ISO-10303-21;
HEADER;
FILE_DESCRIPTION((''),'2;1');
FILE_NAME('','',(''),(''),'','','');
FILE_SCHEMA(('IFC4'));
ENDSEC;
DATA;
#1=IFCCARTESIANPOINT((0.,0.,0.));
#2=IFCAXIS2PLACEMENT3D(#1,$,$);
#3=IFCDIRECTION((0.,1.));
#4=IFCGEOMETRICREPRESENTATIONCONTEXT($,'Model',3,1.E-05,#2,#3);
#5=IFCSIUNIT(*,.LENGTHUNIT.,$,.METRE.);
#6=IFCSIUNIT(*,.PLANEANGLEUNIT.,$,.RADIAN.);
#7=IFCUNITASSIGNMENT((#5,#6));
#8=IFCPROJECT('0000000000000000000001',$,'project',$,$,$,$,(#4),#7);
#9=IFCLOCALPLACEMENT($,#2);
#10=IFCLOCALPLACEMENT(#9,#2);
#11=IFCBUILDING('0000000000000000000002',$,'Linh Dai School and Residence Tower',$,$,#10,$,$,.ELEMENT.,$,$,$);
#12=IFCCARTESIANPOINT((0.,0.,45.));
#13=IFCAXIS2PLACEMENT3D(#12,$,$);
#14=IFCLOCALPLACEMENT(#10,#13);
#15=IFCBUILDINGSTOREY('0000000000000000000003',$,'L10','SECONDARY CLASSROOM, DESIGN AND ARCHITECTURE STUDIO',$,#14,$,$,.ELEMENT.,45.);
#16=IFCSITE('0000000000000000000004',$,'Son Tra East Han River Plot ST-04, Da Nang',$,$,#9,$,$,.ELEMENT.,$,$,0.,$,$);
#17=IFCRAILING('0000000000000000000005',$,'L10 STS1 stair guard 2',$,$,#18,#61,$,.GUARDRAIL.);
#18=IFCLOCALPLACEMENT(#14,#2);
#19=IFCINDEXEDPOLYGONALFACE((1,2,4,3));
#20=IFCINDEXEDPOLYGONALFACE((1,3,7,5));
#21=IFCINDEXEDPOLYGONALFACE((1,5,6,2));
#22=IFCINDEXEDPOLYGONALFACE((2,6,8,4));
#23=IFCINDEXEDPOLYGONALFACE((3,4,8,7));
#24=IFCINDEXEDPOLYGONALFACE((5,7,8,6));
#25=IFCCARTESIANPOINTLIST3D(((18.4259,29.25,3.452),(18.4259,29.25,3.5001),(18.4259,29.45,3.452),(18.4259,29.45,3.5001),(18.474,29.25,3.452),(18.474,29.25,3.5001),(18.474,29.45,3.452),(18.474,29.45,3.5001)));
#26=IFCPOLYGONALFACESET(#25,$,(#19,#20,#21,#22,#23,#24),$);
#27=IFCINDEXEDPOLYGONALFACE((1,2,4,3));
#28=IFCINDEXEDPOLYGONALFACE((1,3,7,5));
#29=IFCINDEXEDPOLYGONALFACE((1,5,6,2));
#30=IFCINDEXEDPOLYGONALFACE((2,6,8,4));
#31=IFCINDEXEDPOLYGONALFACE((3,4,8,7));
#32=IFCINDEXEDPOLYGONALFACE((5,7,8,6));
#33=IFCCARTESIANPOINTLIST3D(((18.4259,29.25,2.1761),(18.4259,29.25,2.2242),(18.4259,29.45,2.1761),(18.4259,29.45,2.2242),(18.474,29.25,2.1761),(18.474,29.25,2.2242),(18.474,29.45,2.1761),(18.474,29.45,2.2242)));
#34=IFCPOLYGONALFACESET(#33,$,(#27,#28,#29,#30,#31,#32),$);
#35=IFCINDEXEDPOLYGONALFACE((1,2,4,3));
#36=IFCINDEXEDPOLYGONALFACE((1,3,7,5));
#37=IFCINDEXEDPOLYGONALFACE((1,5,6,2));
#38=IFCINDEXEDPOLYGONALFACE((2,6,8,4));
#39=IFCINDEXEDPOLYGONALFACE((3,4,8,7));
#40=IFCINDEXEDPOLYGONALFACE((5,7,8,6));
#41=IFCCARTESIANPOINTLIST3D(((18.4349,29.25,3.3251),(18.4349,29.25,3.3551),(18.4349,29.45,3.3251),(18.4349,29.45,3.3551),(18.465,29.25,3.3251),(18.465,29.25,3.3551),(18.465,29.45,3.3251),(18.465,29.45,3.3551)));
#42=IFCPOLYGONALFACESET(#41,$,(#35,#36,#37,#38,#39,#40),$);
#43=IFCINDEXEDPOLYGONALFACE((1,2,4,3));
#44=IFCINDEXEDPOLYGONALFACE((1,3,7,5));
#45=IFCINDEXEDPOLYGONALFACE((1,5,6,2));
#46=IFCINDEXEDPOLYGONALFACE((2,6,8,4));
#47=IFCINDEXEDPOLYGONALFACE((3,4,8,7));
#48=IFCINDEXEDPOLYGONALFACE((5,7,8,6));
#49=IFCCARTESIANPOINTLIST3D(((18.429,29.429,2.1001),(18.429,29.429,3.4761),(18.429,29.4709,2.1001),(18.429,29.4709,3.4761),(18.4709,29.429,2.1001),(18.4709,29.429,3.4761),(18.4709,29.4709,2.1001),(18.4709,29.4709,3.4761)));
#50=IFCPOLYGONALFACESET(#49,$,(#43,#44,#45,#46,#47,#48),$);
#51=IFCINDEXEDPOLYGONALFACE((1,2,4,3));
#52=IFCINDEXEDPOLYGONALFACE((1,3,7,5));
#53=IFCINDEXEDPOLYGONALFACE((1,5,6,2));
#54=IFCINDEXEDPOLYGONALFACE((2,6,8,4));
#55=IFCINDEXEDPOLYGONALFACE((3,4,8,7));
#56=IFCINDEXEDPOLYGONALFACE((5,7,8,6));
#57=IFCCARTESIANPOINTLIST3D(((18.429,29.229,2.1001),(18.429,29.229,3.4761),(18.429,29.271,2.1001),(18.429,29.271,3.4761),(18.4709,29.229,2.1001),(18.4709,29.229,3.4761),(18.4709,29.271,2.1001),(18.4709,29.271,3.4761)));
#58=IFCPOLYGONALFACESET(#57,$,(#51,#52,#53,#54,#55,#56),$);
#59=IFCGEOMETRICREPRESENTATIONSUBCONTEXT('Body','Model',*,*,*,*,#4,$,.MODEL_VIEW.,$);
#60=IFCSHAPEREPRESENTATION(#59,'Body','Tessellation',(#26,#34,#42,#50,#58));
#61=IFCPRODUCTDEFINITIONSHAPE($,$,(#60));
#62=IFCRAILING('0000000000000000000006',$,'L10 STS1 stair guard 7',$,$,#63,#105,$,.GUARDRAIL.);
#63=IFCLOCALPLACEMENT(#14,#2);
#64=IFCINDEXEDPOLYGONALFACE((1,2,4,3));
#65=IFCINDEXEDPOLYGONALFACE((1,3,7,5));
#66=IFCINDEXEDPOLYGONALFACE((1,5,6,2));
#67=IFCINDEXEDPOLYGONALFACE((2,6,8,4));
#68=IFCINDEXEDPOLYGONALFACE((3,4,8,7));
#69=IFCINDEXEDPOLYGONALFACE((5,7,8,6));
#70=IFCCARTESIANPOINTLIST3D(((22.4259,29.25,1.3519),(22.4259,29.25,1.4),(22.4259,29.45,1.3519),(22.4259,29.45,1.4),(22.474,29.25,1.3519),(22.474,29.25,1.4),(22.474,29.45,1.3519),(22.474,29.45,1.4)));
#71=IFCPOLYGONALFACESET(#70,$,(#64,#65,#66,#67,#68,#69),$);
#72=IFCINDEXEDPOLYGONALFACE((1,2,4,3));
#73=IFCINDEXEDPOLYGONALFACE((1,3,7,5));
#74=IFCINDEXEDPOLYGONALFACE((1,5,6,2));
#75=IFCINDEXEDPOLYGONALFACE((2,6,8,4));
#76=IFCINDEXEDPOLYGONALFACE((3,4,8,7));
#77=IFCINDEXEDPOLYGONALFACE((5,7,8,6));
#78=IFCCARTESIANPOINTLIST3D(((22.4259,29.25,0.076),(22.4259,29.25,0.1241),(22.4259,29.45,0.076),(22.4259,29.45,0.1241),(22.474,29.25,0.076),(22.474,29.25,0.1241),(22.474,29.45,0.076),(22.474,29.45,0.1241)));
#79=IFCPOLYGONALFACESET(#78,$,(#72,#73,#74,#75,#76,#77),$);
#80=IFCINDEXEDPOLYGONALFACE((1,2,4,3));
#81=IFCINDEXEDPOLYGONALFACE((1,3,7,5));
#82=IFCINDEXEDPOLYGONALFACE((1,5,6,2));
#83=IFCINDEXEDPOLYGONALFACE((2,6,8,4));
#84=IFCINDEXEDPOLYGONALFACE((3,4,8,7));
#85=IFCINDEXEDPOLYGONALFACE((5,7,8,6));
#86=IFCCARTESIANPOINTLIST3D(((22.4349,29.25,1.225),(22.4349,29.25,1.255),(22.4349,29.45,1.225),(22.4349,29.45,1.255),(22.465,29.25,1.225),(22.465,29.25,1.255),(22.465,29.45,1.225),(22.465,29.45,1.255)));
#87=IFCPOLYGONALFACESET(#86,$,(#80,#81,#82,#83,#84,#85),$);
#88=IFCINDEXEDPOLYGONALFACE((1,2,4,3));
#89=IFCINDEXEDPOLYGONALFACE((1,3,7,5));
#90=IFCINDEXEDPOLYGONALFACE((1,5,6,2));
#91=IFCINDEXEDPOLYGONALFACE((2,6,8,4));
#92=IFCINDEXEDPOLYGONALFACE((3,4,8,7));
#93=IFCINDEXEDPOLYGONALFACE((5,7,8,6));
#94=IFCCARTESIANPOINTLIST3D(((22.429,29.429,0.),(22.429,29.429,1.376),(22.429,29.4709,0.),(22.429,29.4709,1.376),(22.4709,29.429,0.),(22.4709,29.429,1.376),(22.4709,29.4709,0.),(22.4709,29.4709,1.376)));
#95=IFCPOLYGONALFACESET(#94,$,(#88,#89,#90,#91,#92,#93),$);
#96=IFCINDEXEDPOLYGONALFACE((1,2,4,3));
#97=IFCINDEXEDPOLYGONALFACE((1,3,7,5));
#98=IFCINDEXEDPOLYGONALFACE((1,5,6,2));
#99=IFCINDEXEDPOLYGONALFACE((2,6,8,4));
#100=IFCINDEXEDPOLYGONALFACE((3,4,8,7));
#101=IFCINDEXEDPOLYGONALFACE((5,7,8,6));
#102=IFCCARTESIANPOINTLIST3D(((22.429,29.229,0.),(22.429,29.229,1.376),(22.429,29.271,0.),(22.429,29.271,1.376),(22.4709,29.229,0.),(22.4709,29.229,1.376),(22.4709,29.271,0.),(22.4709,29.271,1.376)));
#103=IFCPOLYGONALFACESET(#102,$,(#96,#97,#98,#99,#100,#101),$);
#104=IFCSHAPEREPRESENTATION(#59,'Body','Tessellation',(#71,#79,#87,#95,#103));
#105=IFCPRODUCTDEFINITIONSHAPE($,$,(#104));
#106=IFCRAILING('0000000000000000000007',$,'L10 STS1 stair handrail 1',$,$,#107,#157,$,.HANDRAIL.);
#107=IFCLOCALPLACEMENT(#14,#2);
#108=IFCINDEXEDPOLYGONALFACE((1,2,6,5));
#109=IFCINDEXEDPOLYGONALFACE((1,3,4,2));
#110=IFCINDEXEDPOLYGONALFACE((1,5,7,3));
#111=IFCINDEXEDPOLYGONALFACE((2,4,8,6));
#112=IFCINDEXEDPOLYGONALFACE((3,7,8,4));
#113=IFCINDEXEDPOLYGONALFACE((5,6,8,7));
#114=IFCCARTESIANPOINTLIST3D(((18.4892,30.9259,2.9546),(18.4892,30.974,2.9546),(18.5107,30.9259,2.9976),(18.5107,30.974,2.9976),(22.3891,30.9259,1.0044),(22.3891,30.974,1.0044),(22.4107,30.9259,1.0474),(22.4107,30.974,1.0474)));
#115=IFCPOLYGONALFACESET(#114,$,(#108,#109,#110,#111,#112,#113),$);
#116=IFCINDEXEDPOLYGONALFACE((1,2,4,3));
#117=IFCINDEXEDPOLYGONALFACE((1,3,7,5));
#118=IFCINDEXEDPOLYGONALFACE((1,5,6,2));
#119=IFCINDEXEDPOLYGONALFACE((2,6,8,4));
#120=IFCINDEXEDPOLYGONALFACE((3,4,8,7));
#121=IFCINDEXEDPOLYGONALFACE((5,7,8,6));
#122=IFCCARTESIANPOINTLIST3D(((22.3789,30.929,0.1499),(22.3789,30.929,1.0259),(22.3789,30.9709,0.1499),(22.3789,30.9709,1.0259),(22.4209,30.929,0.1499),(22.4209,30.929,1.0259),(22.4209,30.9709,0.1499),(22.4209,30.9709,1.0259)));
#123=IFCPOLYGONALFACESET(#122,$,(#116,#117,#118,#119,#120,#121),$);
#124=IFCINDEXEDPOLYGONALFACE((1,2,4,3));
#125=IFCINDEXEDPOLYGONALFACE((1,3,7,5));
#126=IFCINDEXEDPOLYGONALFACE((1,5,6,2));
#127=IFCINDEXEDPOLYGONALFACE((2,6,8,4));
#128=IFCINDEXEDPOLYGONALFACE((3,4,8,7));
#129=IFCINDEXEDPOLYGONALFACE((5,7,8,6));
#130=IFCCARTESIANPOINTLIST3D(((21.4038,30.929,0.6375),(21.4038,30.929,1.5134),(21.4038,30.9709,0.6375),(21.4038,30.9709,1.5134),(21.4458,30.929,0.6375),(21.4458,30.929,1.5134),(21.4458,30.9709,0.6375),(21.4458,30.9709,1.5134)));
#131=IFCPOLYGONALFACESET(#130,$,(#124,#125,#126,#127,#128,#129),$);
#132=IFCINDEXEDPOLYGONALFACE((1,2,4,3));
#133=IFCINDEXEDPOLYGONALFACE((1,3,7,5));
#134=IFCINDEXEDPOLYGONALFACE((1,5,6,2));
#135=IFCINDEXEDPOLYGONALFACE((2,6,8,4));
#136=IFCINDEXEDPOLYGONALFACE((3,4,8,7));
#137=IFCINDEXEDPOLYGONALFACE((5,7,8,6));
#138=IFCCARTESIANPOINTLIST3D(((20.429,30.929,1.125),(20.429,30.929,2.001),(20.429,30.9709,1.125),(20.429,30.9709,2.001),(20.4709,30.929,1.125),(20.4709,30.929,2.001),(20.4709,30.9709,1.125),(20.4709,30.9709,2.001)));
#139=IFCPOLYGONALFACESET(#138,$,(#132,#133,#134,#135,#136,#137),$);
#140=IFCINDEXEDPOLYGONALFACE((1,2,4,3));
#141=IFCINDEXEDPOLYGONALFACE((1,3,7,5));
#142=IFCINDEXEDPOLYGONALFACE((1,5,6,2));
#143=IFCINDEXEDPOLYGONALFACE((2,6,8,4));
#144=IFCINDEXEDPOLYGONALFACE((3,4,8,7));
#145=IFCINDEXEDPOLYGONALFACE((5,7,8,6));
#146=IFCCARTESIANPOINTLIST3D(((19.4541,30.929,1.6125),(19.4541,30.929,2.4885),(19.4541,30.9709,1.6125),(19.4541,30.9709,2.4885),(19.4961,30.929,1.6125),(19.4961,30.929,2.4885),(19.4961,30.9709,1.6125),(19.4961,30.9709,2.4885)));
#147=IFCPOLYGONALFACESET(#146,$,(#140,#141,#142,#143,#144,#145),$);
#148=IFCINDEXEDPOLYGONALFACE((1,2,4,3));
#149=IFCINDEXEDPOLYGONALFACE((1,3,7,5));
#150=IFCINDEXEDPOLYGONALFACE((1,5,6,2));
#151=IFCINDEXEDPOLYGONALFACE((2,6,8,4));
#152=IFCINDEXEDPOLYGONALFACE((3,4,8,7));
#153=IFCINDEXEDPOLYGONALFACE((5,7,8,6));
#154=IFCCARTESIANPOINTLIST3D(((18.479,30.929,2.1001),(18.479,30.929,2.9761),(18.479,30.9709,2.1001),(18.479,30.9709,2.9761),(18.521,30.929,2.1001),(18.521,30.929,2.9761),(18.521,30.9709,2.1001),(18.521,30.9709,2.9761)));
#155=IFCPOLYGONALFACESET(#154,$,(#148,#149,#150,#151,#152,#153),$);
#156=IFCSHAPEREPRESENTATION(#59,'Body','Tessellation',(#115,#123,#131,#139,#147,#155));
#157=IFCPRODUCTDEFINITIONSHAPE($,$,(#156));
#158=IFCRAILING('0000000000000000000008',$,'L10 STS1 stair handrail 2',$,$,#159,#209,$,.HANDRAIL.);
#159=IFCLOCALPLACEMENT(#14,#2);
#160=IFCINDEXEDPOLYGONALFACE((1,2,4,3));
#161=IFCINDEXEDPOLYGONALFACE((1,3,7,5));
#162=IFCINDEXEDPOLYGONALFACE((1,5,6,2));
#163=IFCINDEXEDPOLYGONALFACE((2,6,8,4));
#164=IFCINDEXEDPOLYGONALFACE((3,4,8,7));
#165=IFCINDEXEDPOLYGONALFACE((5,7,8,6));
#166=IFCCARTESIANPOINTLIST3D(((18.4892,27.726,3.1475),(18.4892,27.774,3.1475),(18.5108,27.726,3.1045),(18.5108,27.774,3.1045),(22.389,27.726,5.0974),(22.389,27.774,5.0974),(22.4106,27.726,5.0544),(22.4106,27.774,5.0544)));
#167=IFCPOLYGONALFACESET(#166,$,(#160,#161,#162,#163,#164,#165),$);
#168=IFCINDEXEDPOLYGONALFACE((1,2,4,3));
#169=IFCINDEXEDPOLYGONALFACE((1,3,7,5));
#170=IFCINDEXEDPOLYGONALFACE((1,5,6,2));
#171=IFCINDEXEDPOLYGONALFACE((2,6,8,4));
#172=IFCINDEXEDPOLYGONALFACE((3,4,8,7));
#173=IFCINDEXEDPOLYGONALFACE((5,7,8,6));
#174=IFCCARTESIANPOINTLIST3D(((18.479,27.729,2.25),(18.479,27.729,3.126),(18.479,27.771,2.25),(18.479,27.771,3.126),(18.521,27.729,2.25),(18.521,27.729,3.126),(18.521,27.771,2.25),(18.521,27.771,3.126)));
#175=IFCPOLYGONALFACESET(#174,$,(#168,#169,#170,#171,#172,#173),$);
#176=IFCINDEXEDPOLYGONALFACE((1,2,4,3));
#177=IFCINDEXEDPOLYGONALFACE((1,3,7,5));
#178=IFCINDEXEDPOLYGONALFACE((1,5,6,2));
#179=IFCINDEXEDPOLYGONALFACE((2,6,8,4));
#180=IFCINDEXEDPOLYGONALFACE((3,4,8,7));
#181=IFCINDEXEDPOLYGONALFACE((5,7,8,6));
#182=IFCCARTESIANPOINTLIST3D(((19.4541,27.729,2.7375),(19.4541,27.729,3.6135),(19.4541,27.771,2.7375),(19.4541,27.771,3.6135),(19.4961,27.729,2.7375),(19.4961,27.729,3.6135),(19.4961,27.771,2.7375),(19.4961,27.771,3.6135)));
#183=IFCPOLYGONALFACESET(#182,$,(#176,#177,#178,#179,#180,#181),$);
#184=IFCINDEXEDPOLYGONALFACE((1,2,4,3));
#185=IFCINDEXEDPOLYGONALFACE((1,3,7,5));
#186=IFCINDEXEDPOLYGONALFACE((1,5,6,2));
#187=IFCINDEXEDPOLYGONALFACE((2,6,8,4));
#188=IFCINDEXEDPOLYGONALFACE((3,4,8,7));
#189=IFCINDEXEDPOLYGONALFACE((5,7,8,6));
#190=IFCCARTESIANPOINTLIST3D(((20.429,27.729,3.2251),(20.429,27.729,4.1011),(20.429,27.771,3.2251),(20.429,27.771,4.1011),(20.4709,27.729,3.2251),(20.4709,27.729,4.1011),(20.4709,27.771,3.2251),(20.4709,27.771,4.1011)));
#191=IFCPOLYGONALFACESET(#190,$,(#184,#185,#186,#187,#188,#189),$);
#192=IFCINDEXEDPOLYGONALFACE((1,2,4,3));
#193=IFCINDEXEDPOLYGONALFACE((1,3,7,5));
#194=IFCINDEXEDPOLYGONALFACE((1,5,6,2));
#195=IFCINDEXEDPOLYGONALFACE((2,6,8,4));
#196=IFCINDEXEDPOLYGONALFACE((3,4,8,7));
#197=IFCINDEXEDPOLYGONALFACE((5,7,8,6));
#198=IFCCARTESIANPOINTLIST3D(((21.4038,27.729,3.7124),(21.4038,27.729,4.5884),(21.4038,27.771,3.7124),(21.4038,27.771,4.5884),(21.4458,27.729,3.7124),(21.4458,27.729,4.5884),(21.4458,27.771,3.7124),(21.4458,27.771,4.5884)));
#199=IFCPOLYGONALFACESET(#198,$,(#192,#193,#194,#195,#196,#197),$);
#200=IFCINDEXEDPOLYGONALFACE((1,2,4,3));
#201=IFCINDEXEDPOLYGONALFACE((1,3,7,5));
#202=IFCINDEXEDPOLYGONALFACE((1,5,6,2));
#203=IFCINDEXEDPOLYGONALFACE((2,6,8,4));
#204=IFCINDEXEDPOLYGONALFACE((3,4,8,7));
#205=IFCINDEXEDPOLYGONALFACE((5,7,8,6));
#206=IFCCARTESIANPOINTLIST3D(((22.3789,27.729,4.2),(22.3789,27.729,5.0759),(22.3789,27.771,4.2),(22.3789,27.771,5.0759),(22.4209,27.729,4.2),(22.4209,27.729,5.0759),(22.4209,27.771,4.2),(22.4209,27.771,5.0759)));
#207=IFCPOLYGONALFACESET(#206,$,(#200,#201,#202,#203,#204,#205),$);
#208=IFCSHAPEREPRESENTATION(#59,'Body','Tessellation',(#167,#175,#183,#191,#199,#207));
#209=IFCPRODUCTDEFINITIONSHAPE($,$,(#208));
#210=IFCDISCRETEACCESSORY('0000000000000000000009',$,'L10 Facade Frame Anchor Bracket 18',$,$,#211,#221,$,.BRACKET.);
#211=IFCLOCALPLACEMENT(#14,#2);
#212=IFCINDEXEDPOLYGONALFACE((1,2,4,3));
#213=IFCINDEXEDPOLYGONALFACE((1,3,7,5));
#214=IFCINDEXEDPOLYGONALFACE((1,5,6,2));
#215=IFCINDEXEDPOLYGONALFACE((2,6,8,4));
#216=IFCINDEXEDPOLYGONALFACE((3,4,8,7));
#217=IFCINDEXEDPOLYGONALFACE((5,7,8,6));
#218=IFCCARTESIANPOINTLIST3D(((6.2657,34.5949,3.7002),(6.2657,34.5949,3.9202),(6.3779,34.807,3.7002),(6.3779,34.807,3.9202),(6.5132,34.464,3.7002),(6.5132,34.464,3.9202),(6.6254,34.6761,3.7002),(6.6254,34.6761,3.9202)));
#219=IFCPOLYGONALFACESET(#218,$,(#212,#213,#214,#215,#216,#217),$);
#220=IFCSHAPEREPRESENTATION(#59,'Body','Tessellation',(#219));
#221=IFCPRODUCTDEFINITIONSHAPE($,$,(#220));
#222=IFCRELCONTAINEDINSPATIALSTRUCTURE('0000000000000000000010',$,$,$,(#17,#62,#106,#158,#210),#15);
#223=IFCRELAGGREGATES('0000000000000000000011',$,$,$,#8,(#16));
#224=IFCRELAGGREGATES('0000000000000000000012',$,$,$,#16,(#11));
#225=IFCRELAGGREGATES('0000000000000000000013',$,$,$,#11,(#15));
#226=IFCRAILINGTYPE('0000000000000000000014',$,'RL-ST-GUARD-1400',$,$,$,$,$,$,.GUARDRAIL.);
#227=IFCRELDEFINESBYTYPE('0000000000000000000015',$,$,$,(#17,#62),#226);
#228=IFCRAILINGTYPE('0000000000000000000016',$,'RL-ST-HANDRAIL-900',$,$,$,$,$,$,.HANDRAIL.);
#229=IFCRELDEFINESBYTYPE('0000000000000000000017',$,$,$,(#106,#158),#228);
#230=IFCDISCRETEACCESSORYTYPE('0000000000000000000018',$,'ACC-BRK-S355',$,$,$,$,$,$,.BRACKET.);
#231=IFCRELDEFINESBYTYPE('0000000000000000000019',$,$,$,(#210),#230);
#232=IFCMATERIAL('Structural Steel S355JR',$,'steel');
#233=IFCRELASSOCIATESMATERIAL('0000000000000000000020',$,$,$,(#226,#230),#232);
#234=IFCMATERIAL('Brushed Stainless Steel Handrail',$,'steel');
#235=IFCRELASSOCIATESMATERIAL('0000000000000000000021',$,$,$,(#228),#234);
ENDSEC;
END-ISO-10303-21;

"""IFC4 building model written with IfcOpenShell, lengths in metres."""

from ifc_helpers import new_model, si_unit, direction, frame, origin, origin_2d, place, context, subcontext, project, spatial, rectangle, extrude, source, transform, mapped, material, type_object, element, save


model = new_model("IFC4")

# Units and contexts
model_context = context("Model", 3, precision=1e-05, world=origin(), true_north=direction((0.0, 1.0)))
body_context = subcontext(model_context, "Body", "Model", "MODEL_VIEW")
ifc_project = project(units=[si_unit("LENGTHUNIT", "METRE"), si_unit("PLANEANGLEUNIT", "RADIAN")], contexts=[model_context])

# Site, building, storey
site_placement = place(None, origin())
site = spatial("IfcSite", under=ifc_project, at=site_placement, Name="Son Tra East Han River Plot ST-04, Da Nang", CompositionType="ELEMENT", RefElevation=0.0)
building_placement = place(site_placement, origin())
building = spatial("IfcBuilding", under=site, at=building_placement, Name="Linh Dai School and Residence Tower", CompositionType="ELEMENT")
storey_placement = place(building_placement, frame((0.0, 0.0, 45.0)))
storey = spatial("IfcBuildingStorey", under=building, at=storey_placement, Name="L10", Description="SECONDARY CLASSROOM, DESIGN AND ARCHITECTURE STUDIO", CompositionType="ELEMENT", Elevation=45.0)

# Shared definitions
ifc_material_1 = material(Name="Structural Steel S355JR", Category="steel")

# Railings
railing_type_1 = type_object("IfcRailingType", Name="RL-ST-GUARD-1400", PredefinedType="GUARDRAIL", material=ifc_material_1)
shared_shape_1 = source(origin(), body_context, "Body", "SweptSolid", [
    extrude(rectangle(XDim=0.0481, YDim=0.0481, at=origin_2d()), frame((0.0, 0.0, 1.376), z_axis=(0.0, -1.0, 0.0), x_axis=(1.0, 0.0, 0.0)), (0.0, 0.0, 1.0), 0.2),
    extrude(rectangle(XDim=0.0481, YDim=0.0481, at=origin_2d()), frame((0.0, 0.0, 0.1001), z_axis=(0.0, -1.0, 0.0), x_axis=(1.0, 0.0, 0.0)), (0.0, 0.0, 1.0), 0.2),
    extrude(rectangle(XDim=0.03, YDim=0.03, at=origin_2d()), frame((0.0, 0.0, 1.24), z_axis=(0.0, -1.0, 0.0), x_axis=(1.0, 0.0, 0.0)), (0.0, 0.0, 1.0), 0.2),
    extrude(rectangle(XDim=0.042, YDim=0.042, at=origin_2d()), origin(), (0.0, 0.0, 1.0), 1.376),
    extrude(rectangle(XDim=0.042, YDim=0.042, at=origin_2d()), frame((0.0, -0.2, 0.0)), (0.0, 0.0, 1.0), 1.376),
])
for number, where, name in (
    (1, (18.45, 29.45, 2.1001), "L10 STS1 stair guard 2"),
    (2, (22.45, 29.45, 0.0), "L10 STS1 stair guard 7"),
):
    element("IfcRailing", number, at=place(storey_placement, frame(where)), inside=storey, type_object=railing_type_1, Name=name, PredefinedType="GUARDRAIL", context=body_context, shape_type="MappedRepresentation", body=[
        mapped(shared_shape_1, transform((0.0, 0.0, 0.0), x_axis=(1.0, 0.0, 0.0), y_axis=(0.0, 1.0, 0.0), z_axis=(0.0, 0.0, 1.0), scale=1.0)),
    ])
ifc_material_2 = material(Name="Brushed Stainless Steel Handrail", Category="steel")
railing_type_2 = type_object("IfcRailingType", Name="RL-ST-HANDRAIL-900", PredefinedType="HANDRAIL", material=ifc_material_2)
shared_shape_2 = source(origin(), body_context, "Body", "SweptSolid", [
    extrude(rectangle(XDim=0.0481, YDim=0.0481, at=origin_2d()), frame((0.0, 0.0, 0.876), z_axis=(-0.894405, 0.0, 0.447258), x_axis=(0.0, -1.0, 0.0)), (0.0, 0.0, 1.0), 4.3604),
    extrude(rectangle(XDim=0.042, YDim=0.042, at=origin_2d()), origin(), (0.0, 0.0, 1.0), 0.876),
    extrude(rectangle(XDim=0.042, YDim=0.042, at=origin_2d()), frame((-0.9751, 0.0, 0.4875)), (0.0, 0.0, 1.0), 0.876),
    extrude(rectangle(XDim=0.042, YDim=0.042, at=origin_2d()), frame((-1.95, 0.0, 0.9751)), (0.0, 0.0, 1.0), 0.876),
    extrude(rectangle(XDim=0.042, YDim=0.042, at=origin_2d()), frame((-2.9248, 0.0, 1.4626)), (0.0, 0.0, 1.0), 0.876),
    extrude(rectangle(XDim=0.042, YDim=0.042, at=origin_2d()), frame((-3.8999, 0.0, 1.9502)), (0.0, 0.0, 1.0), 0.876),
])
railing_1_placement = place(storey_placement, frame((22.3999, 30.95, 0.1499)))
element("IfcRailing", 3, at=railing_1_placement, inside=storey, type_object=railing_type_2, Name="L10 STS1 stair handrail 1", PredefinedType="HANDRAIL", context=body_context, shape_type="MappedRepresentation", body=[
    mapped(shared_shape_2, transform((0.0, 0.0, 0.0), x_axis=(1.0, 0.0, 0.0), y_axis=(0.0, 1.0, 0.0), z_axis=(0.0, 0.0, 1.0), scale=1.0)),
])
shared_shape_3 = source(origin(), body_context, "Body", "SweptSolid", [
    extrude(rectangle(XDim=0.0481, YDim=0.0481, at=origin_2d()), frame((0.0, 0.0, 0.876), z_axis=(0.894427, 0.0, 0.447214), x_axis=(0.0, 1.0, 0.0)), (0.0, 0.0, 1.0), 4.3601),
    extrude(rectangle(XDim=0.042, YDim=0.042, at=origin_2d()), origin(), (0.0, 0.0, 1.0), 0.876),
    extrude(rectangle(XDim=0.042, YDim=0.042, at=origin_2d()), frame((0.9751, 0.0, 0.4875)), (0.0, 0.0, 1.0), 0.876),
    extrude(rectangle(XDim=0.042, YDim=0.042, at=origin_2d()), frame((1.95, 0.0, 0.9751)), (0.0, 0.0, 1.0), 0.876),
    extrude(rectangle(XDim=0.042, YDim=0.042, at=origin_2d()), frame((2.9248, 0.0, 1.4624)), (0.0, 0.0, 1.0), 0.876),
    extrude(rectangle(XDim=0.042, YDim=0.042, at=origin_2d()), frame((3.8999, 0.0, 1.95)), (0.0, 0.0, 1.0), 0.876),
])
railing_2_placement = place(storey_placement, frame((18.5, 27.75, 2.25)))
element("IfcRailing", 4, at=railing_2_placement, inside=storey, type_object=railing_type_2, Name="L10 STS1 stair handrail 2", PredefinedType="HANDRAIL", context=body_context, shape_type="MappedRepresentation", body=[
    mapped(shared_shape_3, transform((0.0, 0.0, 0.0), x_axis=(1.0, 0.0, 0.0), y_axis=(0.0, 1.0, 0.0), z_axis=(0.0, 0.0, 1.0), scale=1.0)),
])

# Discrete accessory
discrete_accessory_type = type_object("IfcDiscreteAccessoryType", Name="ACC-BRK-S355", PredefinedType="BRACKET", material=ifc_material_1)
shared_shape_4 = source(origin(), body_context, "Body", "SweptSolid", [
    extrude(rectangle(XDim=0.28, YDim=0.24, at=origin_2d()), origin(), (0.0, 0.0, 1.0), 0.22),
])
discrete_accessory_placement = place(storey_placement, frame((6.4456, 34.6355, 3.7002), z_axis=(0.0, 0.0, 1.0), x_axis=(-0.883934, 0.467612, 0.0)))
element("IfcDiscreteAccessory", 5, at=discrete_accessory_placement, inside=storey, type_object=discrete_accessory_type, Name="L10 Facade Frame Anchor Bracket 18", PredefinedType="BRACKET", context=body_context, shape_type="MappedRepresentation", body=[
    mapped(shared_shape_4, transform((0.0, 0.0, 0.0), x_axis=(1.0, 0.0, 0.0), y_axis=(0.0, 1.0, 0.0), z_axis=(0.0, 0.0, 1.0), scale=1.0)),
])

save(model, "model.ifc")
